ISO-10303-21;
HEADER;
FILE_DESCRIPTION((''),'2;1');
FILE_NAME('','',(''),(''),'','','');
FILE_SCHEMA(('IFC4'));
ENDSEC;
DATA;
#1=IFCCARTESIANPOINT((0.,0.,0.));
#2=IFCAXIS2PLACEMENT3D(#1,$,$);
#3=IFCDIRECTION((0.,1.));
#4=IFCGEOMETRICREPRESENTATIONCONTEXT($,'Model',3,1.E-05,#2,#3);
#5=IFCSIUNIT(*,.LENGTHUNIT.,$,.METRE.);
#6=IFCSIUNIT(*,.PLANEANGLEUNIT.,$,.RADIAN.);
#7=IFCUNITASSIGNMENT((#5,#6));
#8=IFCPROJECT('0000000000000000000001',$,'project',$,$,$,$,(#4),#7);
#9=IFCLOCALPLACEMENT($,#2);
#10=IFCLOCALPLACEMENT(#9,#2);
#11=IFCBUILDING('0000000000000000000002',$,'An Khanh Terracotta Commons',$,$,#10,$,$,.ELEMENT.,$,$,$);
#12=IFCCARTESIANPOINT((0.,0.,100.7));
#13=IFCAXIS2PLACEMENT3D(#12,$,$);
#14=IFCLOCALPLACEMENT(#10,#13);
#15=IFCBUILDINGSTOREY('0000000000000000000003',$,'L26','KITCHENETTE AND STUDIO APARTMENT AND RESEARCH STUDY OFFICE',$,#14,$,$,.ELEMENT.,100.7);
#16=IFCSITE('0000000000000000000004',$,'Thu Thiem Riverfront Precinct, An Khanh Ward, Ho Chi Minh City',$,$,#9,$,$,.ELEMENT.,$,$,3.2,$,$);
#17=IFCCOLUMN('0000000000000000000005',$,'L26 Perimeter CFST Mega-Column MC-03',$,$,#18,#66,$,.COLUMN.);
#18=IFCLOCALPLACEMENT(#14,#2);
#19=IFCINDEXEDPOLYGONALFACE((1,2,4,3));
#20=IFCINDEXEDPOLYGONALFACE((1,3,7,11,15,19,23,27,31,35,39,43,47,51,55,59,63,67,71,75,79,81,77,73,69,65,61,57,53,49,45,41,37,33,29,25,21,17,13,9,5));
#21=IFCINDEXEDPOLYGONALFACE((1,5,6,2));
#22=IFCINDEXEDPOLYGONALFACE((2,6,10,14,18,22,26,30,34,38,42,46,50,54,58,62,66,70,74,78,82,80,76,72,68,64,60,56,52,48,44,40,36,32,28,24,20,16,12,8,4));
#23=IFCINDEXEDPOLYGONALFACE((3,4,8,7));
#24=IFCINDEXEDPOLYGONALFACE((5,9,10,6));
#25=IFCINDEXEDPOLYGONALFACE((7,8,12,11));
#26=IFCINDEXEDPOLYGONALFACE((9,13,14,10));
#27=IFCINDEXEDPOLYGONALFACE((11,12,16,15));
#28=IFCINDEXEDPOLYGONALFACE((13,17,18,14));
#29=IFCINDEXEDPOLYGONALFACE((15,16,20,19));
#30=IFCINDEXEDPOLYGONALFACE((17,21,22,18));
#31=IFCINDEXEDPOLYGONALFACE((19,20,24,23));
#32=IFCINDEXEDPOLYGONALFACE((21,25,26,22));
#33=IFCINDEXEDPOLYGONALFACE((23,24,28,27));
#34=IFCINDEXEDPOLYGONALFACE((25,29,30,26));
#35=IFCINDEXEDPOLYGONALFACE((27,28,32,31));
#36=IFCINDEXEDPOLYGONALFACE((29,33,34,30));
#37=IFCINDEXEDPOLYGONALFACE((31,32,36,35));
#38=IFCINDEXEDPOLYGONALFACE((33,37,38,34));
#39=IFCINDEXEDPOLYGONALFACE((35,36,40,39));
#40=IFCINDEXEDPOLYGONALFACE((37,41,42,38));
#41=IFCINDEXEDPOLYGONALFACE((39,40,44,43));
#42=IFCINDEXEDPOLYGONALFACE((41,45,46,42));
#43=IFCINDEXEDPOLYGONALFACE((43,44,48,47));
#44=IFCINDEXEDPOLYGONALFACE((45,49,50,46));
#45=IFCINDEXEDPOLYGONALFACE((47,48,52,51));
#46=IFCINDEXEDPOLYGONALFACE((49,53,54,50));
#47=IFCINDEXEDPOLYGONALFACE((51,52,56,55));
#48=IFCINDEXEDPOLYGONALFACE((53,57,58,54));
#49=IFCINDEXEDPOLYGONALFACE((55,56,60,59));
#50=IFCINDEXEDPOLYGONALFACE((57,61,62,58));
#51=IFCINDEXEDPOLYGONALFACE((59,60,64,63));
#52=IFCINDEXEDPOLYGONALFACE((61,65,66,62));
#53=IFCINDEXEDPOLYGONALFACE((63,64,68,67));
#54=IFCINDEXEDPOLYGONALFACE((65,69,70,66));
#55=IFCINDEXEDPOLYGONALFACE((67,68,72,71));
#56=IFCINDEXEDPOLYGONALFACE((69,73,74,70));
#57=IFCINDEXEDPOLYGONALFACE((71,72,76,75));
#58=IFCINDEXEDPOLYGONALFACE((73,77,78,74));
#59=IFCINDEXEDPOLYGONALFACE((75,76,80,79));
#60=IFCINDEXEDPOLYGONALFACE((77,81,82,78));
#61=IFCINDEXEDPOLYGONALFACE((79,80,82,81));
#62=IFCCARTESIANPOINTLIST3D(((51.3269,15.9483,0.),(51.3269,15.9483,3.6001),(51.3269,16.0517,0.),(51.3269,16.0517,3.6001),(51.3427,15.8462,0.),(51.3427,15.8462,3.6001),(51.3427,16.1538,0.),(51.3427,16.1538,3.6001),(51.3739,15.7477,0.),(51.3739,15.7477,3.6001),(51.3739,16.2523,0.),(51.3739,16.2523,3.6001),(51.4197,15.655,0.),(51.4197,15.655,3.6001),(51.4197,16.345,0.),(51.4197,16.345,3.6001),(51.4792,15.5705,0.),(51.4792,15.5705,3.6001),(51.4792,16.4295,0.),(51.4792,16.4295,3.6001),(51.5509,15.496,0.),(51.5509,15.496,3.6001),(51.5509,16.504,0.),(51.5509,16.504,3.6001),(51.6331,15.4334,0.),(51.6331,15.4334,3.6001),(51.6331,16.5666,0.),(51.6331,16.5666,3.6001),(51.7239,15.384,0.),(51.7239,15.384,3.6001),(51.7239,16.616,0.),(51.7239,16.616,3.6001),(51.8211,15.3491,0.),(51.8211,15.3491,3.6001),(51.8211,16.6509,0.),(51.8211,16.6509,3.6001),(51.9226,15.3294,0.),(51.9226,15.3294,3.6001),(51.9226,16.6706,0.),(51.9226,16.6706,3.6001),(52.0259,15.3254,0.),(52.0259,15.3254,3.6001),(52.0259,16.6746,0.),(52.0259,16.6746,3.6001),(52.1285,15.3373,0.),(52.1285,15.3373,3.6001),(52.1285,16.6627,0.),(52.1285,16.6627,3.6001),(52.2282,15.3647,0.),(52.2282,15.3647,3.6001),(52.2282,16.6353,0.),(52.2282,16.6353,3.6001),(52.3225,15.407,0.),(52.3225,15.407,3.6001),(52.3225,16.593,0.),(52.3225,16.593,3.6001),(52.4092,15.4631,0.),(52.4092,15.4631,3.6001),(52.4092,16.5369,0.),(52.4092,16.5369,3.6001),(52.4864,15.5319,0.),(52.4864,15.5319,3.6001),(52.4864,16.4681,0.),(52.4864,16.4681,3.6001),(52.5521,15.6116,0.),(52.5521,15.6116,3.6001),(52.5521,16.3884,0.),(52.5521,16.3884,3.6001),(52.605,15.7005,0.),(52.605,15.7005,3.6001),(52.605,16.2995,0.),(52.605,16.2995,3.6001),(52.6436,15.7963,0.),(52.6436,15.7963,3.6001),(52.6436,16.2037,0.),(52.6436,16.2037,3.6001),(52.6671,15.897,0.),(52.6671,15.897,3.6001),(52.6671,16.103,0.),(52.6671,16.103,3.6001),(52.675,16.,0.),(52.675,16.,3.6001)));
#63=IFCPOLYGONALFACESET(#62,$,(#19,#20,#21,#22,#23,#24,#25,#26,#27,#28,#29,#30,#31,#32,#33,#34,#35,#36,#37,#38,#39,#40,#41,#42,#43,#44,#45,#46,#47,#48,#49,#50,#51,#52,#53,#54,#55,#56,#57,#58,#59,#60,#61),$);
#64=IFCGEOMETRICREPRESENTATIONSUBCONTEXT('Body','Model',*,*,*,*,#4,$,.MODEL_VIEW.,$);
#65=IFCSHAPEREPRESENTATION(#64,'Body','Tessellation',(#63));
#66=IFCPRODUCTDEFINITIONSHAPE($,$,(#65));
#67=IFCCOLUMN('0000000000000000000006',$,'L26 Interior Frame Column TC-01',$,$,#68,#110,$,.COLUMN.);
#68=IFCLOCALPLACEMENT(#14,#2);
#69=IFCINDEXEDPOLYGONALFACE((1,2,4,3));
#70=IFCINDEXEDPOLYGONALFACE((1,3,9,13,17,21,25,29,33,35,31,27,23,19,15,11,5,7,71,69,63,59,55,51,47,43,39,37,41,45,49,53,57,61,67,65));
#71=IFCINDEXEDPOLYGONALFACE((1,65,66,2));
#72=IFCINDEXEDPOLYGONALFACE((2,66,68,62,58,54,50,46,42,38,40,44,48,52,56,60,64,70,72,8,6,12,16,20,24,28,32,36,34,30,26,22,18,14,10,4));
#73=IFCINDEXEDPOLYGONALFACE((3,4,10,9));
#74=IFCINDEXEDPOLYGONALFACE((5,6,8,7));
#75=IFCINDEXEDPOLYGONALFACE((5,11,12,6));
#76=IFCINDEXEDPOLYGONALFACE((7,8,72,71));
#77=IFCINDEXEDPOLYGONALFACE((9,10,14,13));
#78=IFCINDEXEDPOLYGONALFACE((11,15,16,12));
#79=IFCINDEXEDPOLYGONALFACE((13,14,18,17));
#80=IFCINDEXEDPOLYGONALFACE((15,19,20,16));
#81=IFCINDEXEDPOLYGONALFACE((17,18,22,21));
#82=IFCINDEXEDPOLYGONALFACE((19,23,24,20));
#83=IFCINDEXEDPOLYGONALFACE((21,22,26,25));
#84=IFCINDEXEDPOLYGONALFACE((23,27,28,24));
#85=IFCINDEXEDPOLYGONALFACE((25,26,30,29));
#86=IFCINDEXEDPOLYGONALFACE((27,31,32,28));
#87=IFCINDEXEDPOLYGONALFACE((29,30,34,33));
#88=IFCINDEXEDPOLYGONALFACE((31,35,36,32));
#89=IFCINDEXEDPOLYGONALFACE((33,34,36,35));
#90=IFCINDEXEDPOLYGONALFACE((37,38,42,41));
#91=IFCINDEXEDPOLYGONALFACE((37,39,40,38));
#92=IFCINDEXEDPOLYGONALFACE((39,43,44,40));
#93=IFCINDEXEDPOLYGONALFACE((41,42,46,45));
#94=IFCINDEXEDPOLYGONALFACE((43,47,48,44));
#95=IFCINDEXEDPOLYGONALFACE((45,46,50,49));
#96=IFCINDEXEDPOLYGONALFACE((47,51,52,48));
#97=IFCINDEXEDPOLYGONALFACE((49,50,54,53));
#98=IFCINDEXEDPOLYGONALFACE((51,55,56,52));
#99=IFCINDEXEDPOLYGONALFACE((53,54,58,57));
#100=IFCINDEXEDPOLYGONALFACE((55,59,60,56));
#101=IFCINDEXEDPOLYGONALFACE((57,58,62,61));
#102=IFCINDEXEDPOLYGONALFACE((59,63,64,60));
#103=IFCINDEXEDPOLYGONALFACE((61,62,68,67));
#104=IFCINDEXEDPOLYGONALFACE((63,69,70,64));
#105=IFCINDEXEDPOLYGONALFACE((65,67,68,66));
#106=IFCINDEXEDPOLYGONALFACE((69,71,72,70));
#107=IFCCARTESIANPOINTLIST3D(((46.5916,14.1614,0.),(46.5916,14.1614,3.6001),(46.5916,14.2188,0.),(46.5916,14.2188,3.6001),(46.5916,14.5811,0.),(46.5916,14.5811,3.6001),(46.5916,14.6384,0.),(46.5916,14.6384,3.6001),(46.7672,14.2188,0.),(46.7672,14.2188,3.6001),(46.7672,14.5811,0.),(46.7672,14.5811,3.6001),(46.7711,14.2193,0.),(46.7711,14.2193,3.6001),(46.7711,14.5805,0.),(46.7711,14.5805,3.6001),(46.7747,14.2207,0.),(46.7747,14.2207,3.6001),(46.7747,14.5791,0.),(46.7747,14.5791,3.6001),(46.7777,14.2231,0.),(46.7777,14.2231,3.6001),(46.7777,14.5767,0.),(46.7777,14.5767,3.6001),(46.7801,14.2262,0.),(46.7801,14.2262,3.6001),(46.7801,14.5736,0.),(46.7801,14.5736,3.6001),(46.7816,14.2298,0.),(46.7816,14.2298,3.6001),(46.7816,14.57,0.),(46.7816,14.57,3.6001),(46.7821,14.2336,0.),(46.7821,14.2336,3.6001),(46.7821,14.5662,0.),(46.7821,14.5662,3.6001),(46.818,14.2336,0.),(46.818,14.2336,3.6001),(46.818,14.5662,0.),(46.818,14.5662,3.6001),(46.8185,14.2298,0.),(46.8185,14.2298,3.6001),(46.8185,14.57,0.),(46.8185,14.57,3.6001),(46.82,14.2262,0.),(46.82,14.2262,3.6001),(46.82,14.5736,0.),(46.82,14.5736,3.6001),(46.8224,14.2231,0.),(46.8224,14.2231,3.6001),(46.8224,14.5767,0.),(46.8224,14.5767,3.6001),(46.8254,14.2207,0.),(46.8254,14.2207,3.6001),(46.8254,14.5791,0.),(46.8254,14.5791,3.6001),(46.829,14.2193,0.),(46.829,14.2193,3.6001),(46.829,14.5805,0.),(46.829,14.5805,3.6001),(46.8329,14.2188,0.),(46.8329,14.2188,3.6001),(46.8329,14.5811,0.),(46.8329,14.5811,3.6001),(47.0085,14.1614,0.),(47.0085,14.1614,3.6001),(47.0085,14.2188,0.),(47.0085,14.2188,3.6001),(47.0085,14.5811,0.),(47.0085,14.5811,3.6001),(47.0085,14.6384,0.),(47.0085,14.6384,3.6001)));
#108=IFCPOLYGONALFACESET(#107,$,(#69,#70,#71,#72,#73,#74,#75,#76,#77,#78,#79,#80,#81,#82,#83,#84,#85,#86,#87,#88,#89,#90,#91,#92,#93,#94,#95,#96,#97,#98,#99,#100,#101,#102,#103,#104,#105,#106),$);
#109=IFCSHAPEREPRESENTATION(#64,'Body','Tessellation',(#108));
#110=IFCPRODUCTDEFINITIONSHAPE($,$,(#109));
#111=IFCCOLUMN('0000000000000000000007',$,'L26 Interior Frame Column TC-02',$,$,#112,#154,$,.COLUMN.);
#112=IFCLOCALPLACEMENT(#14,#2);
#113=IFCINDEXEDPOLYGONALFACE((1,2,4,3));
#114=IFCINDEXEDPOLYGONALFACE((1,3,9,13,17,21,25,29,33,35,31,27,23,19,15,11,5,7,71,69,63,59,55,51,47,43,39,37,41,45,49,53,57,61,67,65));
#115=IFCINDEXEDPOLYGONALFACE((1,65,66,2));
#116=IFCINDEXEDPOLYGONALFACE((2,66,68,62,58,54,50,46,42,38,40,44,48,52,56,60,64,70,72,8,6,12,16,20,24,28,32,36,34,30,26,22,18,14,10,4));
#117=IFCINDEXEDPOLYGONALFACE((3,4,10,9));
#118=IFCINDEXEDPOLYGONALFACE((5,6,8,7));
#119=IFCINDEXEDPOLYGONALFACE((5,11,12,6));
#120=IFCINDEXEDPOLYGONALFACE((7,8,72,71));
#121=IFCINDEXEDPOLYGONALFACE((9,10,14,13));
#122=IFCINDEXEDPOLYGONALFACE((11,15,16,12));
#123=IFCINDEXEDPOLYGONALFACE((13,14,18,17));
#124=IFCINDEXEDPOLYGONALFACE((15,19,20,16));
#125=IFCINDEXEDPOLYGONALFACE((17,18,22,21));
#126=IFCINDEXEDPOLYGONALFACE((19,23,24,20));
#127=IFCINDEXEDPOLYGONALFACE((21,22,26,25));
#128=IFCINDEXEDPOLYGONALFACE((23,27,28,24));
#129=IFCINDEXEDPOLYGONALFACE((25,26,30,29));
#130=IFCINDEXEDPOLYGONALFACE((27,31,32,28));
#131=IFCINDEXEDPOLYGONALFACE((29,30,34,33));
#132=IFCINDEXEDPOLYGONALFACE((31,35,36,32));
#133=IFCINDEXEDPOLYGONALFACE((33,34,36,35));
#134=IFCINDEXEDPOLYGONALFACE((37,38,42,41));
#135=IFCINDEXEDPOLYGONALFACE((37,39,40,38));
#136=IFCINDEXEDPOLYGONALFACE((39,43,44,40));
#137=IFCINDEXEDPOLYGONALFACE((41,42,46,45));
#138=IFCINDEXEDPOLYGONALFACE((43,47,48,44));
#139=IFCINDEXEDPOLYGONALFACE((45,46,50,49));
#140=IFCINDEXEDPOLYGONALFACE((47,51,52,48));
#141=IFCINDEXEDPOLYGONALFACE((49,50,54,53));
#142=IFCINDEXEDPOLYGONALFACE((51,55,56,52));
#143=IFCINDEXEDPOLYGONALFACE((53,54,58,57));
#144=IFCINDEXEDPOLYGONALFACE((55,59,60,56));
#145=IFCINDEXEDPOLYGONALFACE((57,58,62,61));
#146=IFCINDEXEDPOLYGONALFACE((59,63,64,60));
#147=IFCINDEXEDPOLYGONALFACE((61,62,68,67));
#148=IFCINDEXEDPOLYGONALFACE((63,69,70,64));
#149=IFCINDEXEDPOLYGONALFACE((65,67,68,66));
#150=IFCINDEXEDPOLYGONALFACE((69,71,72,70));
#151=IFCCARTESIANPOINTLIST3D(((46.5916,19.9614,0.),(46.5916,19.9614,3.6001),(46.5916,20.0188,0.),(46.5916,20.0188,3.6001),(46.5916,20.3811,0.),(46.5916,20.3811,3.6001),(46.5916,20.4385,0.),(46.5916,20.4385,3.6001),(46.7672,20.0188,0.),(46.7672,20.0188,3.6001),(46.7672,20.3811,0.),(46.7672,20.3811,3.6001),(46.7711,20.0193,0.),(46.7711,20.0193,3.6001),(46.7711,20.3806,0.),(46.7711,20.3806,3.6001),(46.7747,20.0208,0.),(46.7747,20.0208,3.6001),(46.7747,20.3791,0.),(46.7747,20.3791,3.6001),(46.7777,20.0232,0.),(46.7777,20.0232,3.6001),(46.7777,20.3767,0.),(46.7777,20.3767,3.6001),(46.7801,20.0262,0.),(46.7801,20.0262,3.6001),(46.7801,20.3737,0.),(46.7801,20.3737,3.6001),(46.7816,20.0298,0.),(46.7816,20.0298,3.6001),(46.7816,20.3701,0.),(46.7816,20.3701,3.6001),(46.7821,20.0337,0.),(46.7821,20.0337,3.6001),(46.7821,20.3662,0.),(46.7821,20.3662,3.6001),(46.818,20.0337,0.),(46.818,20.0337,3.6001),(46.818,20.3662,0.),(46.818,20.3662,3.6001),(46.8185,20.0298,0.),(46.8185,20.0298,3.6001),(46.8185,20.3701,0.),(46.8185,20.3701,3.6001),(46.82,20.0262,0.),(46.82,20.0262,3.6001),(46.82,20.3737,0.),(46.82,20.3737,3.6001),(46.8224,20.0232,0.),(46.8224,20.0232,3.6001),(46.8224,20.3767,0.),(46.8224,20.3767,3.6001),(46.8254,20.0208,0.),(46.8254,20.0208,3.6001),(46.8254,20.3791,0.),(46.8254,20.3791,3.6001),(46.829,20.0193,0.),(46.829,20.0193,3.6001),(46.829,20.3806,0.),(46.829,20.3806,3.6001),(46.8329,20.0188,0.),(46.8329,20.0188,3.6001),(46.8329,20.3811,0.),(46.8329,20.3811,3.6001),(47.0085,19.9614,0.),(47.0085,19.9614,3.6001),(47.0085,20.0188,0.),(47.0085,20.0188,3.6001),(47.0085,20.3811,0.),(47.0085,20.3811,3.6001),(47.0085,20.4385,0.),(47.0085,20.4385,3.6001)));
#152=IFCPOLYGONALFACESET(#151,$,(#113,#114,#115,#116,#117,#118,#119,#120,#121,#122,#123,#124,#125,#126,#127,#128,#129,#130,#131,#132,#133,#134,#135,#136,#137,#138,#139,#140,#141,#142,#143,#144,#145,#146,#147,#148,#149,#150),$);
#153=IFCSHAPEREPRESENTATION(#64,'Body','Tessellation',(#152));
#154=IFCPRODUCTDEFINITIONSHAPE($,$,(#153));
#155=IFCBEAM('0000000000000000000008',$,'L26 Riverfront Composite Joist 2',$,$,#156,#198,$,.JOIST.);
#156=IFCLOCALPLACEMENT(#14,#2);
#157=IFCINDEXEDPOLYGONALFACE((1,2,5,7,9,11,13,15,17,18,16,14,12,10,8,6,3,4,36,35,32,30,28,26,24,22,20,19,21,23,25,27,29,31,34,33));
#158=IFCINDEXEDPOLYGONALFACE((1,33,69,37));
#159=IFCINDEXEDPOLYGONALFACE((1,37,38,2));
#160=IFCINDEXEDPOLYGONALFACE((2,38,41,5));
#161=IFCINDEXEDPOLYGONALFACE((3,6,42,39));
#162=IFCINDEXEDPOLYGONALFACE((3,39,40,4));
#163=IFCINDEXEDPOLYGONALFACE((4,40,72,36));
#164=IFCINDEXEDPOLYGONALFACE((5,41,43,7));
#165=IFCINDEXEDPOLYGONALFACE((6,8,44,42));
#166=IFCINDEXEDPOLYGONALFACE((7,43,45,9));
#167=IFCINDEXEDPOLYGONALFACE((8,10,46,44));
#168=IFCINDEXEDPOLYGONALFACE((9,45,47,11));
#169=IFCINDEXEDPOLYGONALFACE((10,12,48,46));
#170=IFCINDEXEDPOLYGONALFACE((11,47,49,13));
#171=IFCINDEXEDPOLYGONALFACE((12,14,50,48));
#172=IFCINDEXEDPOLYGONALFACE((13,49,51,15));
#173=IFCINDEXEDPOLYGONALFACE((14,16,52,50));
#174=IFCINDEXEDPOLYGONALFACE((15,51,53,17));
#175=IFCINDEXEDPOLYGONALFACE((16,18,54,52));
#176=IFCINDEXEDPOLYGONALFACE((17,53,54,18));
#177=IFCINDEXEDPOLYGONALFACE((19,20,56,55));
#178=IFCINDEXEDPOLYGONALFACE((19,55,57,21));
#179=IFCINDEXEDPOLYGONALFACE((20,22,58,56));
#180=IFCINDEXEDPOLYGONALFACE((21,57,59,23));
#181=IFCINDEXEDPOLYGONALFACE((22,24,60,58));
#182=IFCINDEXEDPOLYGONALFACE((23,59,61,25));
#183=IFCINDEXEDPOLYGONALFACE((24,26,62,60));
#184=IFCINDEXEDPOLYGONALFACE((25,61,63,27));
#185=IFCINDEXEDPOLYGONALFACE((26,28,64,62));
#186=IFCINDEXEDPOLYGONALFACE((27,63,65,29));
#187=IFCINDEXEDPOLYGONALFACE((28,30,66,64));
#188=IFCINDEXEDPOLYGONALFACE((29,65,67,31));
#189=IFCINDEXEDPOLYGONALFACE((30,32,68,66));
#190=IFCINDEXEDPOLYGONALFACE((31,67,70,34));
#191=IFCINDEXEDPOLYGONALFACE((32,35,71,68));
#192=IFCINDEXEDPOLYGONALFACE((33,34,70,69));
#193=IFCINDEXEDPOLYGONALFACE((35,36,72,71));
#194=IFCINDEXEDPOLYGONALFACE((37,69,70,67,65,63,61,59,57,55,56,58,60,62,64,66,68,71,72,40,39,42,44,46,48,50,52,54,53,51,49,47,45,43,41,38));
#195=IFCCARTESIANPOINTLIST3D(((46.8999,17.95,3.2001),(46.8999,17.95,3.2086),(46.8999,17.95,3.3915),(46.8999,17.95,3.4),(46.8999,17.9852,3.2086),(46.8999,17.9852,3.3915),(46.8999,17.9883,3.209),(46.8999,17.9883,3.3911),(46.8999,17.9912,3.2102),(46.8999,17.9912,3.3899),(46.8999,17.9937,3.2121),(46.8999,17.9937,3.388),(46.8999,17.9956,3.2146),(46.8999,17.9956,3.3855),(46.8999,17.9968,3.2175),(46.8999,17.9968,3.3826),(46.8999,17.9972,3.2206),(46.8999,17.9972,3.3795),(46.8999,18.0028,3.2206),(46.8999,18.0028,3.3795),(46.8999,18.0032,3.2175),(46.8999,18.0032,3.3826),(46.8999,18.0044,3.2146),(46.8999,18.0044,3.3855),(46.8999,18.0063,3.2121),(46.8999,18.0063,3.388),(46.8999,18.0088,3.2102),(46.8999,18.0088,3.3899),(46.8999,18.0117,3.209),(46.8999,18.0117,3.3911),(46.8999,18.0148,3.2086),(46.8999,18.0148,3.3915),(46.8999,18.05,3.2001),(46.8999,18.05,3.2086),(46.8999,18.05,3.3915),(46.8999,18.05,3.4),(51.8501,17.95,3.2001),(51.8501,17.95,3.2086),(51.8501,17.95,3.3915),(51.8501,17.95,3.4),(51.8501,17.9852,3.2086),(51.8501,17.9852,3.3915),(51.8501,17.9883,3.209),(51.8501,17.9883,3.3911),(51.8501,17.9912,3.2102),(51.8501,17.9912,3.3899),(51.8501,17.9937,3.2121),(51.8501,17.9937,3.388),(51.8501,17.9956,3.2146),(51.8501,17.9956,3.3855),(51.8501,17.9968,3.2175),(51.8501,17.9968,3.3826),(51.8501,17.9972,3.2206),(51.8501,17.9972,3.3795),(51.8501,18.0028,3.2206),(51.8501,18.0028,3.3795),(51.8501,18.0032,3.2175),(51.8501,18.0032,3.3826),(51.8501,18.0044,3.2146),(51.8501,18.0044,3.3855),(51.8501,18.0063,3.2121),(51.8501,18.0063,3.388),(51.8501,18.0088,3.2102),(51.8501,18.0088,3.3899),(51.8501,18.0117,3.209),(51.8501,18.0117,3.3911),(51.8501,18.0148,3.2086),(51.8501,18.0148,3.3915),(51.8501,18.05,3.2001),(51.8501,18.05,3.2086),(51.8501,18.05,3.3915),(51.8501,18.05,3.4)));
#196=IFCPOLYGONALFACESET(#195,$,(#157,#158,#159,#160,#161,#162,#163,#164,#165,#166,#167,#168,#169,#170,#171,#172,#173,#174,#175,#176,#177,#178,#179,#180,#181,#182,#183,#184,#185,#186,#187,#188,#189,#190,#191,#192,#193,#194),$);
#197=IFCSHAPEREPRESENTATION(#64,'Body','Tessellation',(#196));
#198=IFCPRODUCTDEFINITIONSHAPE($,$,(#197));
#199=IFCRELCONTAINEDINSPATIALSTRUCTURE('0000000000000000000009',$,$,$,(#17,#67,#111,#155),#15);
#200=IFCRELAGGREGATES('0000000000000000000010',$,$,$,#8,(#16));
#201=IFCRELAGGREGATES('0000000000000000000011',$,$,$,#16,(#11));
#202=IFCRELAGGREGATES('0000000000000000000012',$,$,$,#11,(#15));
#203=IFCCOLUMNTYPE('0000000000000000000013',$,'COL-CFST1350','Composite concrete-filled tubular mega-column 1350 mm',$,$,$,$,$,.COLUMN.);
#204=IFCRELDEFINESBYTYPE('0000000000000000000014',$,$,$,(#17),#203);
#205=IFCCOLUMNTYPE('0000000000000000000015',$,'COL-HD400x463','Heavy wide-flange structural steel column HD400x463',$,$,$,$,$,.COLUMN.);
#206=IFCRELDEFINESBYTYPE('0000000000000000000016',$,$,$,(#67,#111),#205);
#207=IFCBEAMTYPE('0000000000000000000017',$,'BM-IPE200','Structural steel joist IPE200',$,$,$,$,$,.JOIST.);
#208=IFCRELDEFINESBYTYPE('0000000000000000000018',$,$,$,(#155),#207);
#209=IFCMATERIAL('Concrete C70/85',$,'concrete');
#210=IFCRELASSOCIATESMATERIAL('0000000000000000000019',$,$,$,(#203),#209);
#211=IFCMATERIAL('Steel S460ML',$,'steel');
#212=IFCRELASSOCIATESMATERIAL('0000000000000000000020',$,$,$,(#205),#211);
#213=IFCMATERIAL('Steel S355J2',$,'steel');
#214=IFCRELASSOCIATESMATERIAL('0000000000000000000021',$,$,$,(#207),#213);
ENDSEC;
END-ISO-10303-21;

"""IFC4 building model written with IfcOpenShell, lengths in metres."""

from ifc_helpers import new_model, si_unit, direction, frame, origin, origin_2d, place, context, subcontext, project, spatial, circle, i_section, extrude, material, material_profile, profile_set, type_object, element, save


model = new_model("IFC4")

# Units and contexts
model_context = context("Model", 3, precision=1e-05, world=origin(), true_north=direction((0.0, 1.0)))
body_context = subcontext(model_context, "Body", "Model", "MODEL_VIEW")
ifc_project = project(units=[si_unit("LENGTHUNIT", "METRE"), si_unit("PLANEANGLEUNIT", "RADIAN")], contexts=[model_context])

# Site, building, storey
site_placement = place(None, origin())
site = spatial("IfcSite", under=ifc_project, at=site_placement, Name="Thu Thiem Riverfront Precinct, An Khanh Ward, Ho Chi Minh City", CompositionType="ELEMENT", RefElevation=3.2)
building_placement = place(site_placement, origin())
building = spatial("IfcBuilding", under=site, at=building_placement, Name="An Khanh Terracotta Commons", CompositionType="ELEMENT")
storey_placement = place(building_placement, frame((0.0, 0.0, 100.7)))
storey = spatial("IfcBuildingStorey", under=building, at=storey_placement, Name="L26", Description="KITCHENETTE AND STUDIO APARTMENT AND RESEARCH STUDY OFFICE", CompositionType="ELEMENT", Elevation=100.7)

# Columns
ifc_material_1 = material(Name="Concrete C70/85", Category="concrete")
ifc_material_profile_1 = material_profile(ifc_material_1, circle(Radius=0.675, at=origin_2d()), Name="CFST1350")
ifc_profile_set_1 = profile_set([ifc_material_profile_1], Name="Concrete C70/85")
column_type_1 = type_object("IfcColumnType", Name="COL-CFST1350", Description="Composite concrete-filled tubular mega-column 1350 mm", PredefinedType="COLUMN", material=ifc_profile_set_1)
column_placement = place(storey_placement, frame((52.0, 16.0, 0.0), z_axis=(0.0, 0.0, 1.0), x_axis=(1.0, 0.0, 0.0)))
element("IfcColumn", 1, at=column_placement, inside=storey, type_object=column_type_1, Name="L26 Perimeter CFST Mega-Column MC-03", PredefinedType="COLUMN", context=body_context, shape_type="SweptSolid", body=[
    extrude(circle(Radius=0.675, at=origin_2d()), origin(), (0.0, 0.0, 1.0), 3.6001),
])
ifc_material_2 = material(Name="Steel S460ML", Category="steel")
ifc_material_profile_2 = material_profile(ifc_material_2, i_section(OverallWidth=0.417, OverallDepth=0.4771, WebThickness=0.0359, FlangeThickness=0.0574, FilletRadius=0.0149, at=origin_2d()), Name="HD400x463")
ifc_profile_set_2 = profile_set([ifc_material_profile_2], Name="Steel S460ML")
column_type_2 = type_object("IfcColumnType", Name="COL-HD400x463", Description="Heavy wide-flange structural steel column HD400x463", PredefinedType="COLUMN", material=ifc_profile_set_2)
for number, where, z_axis, x_axis, name in (
    (2, (46.8, 14.3999, 0.0), (0.0, 0.0, 1.0), (1.0, 0.0, 0.0), "L26 Interior Frame Column TC-01"),
    (3, (46.8, 20.2, 0.0), (0.0, 0.0, 1.0), (1.0, 0.0, 0.0), "L26 Interior Frame Column TC-02"),
):
    element("IfcColumn", number, at=place(storey_placement, frame(where, z_axis=z_axis, x_axis=x_axis)), inside=storey, type_object=column_type_2, Name=name, PredefinedType="COLUMN", context=body_context, shape_type="SweptSolid", body=[
        extrude(i_section(OverallWidth=0.417, OverallDepth=0.4771, WebThickness=0.0359, FlangeThickness=0.0574, FilletRadius=0.0149, at=origin_2d()), origin(), (0.0, 0.0, 1.0), 3.6001),
    ])

# Beam
ifc_material_3 = material(Name="Steel S355J2", Category="steel")
ifc_material_profile_3 = material_profile(ifc_material_3, i_section(OverallWidth=0.1001, OverallDepth=0.2, WebThickness=0.0056, FlangeThickness=0.0085, FilletRadius=0.012, at=origin_2d()), Name="IPE200")
ifc_profile_set_3 = profile_set([ifc_material_profile_3], Name="Steel S355J2")
beam_type_1 = type_object("IfcBeamType", Name="BM-IPE200", Description="Structural steel joist IPE200", PredefinedType="JOIST", material=ifc_profile_set_3)
for number, where, z_axis, x_axis, name in (
    (4, (46.8999, 18.0, 3.3), (1.0, 0.0, 0.0), (0.0, 1.0, 0.0), "L26 Riverfront Composite Joist 2"),
):
    element("IfcBeam", number, at=place(storey_placement, frame(where, z_axis=z_axis, x_axis=x_axis)), inside=storey, type_object=beam_type_1, Name=name, PredefinedType="JOIST", context=body_context, shape_type="SweptSolid", body=[
        extrude(i_section(OverallWidth=0.1001, OverallDepth=0.2, WebThickness=0.0056, FlangeThickness=0.0085, FilletRadius=0.012, at=origin_2d()), origin(), (0.0, 0.0, 1.0), 4.9502),
    ])

save(model, "model.ifc")
